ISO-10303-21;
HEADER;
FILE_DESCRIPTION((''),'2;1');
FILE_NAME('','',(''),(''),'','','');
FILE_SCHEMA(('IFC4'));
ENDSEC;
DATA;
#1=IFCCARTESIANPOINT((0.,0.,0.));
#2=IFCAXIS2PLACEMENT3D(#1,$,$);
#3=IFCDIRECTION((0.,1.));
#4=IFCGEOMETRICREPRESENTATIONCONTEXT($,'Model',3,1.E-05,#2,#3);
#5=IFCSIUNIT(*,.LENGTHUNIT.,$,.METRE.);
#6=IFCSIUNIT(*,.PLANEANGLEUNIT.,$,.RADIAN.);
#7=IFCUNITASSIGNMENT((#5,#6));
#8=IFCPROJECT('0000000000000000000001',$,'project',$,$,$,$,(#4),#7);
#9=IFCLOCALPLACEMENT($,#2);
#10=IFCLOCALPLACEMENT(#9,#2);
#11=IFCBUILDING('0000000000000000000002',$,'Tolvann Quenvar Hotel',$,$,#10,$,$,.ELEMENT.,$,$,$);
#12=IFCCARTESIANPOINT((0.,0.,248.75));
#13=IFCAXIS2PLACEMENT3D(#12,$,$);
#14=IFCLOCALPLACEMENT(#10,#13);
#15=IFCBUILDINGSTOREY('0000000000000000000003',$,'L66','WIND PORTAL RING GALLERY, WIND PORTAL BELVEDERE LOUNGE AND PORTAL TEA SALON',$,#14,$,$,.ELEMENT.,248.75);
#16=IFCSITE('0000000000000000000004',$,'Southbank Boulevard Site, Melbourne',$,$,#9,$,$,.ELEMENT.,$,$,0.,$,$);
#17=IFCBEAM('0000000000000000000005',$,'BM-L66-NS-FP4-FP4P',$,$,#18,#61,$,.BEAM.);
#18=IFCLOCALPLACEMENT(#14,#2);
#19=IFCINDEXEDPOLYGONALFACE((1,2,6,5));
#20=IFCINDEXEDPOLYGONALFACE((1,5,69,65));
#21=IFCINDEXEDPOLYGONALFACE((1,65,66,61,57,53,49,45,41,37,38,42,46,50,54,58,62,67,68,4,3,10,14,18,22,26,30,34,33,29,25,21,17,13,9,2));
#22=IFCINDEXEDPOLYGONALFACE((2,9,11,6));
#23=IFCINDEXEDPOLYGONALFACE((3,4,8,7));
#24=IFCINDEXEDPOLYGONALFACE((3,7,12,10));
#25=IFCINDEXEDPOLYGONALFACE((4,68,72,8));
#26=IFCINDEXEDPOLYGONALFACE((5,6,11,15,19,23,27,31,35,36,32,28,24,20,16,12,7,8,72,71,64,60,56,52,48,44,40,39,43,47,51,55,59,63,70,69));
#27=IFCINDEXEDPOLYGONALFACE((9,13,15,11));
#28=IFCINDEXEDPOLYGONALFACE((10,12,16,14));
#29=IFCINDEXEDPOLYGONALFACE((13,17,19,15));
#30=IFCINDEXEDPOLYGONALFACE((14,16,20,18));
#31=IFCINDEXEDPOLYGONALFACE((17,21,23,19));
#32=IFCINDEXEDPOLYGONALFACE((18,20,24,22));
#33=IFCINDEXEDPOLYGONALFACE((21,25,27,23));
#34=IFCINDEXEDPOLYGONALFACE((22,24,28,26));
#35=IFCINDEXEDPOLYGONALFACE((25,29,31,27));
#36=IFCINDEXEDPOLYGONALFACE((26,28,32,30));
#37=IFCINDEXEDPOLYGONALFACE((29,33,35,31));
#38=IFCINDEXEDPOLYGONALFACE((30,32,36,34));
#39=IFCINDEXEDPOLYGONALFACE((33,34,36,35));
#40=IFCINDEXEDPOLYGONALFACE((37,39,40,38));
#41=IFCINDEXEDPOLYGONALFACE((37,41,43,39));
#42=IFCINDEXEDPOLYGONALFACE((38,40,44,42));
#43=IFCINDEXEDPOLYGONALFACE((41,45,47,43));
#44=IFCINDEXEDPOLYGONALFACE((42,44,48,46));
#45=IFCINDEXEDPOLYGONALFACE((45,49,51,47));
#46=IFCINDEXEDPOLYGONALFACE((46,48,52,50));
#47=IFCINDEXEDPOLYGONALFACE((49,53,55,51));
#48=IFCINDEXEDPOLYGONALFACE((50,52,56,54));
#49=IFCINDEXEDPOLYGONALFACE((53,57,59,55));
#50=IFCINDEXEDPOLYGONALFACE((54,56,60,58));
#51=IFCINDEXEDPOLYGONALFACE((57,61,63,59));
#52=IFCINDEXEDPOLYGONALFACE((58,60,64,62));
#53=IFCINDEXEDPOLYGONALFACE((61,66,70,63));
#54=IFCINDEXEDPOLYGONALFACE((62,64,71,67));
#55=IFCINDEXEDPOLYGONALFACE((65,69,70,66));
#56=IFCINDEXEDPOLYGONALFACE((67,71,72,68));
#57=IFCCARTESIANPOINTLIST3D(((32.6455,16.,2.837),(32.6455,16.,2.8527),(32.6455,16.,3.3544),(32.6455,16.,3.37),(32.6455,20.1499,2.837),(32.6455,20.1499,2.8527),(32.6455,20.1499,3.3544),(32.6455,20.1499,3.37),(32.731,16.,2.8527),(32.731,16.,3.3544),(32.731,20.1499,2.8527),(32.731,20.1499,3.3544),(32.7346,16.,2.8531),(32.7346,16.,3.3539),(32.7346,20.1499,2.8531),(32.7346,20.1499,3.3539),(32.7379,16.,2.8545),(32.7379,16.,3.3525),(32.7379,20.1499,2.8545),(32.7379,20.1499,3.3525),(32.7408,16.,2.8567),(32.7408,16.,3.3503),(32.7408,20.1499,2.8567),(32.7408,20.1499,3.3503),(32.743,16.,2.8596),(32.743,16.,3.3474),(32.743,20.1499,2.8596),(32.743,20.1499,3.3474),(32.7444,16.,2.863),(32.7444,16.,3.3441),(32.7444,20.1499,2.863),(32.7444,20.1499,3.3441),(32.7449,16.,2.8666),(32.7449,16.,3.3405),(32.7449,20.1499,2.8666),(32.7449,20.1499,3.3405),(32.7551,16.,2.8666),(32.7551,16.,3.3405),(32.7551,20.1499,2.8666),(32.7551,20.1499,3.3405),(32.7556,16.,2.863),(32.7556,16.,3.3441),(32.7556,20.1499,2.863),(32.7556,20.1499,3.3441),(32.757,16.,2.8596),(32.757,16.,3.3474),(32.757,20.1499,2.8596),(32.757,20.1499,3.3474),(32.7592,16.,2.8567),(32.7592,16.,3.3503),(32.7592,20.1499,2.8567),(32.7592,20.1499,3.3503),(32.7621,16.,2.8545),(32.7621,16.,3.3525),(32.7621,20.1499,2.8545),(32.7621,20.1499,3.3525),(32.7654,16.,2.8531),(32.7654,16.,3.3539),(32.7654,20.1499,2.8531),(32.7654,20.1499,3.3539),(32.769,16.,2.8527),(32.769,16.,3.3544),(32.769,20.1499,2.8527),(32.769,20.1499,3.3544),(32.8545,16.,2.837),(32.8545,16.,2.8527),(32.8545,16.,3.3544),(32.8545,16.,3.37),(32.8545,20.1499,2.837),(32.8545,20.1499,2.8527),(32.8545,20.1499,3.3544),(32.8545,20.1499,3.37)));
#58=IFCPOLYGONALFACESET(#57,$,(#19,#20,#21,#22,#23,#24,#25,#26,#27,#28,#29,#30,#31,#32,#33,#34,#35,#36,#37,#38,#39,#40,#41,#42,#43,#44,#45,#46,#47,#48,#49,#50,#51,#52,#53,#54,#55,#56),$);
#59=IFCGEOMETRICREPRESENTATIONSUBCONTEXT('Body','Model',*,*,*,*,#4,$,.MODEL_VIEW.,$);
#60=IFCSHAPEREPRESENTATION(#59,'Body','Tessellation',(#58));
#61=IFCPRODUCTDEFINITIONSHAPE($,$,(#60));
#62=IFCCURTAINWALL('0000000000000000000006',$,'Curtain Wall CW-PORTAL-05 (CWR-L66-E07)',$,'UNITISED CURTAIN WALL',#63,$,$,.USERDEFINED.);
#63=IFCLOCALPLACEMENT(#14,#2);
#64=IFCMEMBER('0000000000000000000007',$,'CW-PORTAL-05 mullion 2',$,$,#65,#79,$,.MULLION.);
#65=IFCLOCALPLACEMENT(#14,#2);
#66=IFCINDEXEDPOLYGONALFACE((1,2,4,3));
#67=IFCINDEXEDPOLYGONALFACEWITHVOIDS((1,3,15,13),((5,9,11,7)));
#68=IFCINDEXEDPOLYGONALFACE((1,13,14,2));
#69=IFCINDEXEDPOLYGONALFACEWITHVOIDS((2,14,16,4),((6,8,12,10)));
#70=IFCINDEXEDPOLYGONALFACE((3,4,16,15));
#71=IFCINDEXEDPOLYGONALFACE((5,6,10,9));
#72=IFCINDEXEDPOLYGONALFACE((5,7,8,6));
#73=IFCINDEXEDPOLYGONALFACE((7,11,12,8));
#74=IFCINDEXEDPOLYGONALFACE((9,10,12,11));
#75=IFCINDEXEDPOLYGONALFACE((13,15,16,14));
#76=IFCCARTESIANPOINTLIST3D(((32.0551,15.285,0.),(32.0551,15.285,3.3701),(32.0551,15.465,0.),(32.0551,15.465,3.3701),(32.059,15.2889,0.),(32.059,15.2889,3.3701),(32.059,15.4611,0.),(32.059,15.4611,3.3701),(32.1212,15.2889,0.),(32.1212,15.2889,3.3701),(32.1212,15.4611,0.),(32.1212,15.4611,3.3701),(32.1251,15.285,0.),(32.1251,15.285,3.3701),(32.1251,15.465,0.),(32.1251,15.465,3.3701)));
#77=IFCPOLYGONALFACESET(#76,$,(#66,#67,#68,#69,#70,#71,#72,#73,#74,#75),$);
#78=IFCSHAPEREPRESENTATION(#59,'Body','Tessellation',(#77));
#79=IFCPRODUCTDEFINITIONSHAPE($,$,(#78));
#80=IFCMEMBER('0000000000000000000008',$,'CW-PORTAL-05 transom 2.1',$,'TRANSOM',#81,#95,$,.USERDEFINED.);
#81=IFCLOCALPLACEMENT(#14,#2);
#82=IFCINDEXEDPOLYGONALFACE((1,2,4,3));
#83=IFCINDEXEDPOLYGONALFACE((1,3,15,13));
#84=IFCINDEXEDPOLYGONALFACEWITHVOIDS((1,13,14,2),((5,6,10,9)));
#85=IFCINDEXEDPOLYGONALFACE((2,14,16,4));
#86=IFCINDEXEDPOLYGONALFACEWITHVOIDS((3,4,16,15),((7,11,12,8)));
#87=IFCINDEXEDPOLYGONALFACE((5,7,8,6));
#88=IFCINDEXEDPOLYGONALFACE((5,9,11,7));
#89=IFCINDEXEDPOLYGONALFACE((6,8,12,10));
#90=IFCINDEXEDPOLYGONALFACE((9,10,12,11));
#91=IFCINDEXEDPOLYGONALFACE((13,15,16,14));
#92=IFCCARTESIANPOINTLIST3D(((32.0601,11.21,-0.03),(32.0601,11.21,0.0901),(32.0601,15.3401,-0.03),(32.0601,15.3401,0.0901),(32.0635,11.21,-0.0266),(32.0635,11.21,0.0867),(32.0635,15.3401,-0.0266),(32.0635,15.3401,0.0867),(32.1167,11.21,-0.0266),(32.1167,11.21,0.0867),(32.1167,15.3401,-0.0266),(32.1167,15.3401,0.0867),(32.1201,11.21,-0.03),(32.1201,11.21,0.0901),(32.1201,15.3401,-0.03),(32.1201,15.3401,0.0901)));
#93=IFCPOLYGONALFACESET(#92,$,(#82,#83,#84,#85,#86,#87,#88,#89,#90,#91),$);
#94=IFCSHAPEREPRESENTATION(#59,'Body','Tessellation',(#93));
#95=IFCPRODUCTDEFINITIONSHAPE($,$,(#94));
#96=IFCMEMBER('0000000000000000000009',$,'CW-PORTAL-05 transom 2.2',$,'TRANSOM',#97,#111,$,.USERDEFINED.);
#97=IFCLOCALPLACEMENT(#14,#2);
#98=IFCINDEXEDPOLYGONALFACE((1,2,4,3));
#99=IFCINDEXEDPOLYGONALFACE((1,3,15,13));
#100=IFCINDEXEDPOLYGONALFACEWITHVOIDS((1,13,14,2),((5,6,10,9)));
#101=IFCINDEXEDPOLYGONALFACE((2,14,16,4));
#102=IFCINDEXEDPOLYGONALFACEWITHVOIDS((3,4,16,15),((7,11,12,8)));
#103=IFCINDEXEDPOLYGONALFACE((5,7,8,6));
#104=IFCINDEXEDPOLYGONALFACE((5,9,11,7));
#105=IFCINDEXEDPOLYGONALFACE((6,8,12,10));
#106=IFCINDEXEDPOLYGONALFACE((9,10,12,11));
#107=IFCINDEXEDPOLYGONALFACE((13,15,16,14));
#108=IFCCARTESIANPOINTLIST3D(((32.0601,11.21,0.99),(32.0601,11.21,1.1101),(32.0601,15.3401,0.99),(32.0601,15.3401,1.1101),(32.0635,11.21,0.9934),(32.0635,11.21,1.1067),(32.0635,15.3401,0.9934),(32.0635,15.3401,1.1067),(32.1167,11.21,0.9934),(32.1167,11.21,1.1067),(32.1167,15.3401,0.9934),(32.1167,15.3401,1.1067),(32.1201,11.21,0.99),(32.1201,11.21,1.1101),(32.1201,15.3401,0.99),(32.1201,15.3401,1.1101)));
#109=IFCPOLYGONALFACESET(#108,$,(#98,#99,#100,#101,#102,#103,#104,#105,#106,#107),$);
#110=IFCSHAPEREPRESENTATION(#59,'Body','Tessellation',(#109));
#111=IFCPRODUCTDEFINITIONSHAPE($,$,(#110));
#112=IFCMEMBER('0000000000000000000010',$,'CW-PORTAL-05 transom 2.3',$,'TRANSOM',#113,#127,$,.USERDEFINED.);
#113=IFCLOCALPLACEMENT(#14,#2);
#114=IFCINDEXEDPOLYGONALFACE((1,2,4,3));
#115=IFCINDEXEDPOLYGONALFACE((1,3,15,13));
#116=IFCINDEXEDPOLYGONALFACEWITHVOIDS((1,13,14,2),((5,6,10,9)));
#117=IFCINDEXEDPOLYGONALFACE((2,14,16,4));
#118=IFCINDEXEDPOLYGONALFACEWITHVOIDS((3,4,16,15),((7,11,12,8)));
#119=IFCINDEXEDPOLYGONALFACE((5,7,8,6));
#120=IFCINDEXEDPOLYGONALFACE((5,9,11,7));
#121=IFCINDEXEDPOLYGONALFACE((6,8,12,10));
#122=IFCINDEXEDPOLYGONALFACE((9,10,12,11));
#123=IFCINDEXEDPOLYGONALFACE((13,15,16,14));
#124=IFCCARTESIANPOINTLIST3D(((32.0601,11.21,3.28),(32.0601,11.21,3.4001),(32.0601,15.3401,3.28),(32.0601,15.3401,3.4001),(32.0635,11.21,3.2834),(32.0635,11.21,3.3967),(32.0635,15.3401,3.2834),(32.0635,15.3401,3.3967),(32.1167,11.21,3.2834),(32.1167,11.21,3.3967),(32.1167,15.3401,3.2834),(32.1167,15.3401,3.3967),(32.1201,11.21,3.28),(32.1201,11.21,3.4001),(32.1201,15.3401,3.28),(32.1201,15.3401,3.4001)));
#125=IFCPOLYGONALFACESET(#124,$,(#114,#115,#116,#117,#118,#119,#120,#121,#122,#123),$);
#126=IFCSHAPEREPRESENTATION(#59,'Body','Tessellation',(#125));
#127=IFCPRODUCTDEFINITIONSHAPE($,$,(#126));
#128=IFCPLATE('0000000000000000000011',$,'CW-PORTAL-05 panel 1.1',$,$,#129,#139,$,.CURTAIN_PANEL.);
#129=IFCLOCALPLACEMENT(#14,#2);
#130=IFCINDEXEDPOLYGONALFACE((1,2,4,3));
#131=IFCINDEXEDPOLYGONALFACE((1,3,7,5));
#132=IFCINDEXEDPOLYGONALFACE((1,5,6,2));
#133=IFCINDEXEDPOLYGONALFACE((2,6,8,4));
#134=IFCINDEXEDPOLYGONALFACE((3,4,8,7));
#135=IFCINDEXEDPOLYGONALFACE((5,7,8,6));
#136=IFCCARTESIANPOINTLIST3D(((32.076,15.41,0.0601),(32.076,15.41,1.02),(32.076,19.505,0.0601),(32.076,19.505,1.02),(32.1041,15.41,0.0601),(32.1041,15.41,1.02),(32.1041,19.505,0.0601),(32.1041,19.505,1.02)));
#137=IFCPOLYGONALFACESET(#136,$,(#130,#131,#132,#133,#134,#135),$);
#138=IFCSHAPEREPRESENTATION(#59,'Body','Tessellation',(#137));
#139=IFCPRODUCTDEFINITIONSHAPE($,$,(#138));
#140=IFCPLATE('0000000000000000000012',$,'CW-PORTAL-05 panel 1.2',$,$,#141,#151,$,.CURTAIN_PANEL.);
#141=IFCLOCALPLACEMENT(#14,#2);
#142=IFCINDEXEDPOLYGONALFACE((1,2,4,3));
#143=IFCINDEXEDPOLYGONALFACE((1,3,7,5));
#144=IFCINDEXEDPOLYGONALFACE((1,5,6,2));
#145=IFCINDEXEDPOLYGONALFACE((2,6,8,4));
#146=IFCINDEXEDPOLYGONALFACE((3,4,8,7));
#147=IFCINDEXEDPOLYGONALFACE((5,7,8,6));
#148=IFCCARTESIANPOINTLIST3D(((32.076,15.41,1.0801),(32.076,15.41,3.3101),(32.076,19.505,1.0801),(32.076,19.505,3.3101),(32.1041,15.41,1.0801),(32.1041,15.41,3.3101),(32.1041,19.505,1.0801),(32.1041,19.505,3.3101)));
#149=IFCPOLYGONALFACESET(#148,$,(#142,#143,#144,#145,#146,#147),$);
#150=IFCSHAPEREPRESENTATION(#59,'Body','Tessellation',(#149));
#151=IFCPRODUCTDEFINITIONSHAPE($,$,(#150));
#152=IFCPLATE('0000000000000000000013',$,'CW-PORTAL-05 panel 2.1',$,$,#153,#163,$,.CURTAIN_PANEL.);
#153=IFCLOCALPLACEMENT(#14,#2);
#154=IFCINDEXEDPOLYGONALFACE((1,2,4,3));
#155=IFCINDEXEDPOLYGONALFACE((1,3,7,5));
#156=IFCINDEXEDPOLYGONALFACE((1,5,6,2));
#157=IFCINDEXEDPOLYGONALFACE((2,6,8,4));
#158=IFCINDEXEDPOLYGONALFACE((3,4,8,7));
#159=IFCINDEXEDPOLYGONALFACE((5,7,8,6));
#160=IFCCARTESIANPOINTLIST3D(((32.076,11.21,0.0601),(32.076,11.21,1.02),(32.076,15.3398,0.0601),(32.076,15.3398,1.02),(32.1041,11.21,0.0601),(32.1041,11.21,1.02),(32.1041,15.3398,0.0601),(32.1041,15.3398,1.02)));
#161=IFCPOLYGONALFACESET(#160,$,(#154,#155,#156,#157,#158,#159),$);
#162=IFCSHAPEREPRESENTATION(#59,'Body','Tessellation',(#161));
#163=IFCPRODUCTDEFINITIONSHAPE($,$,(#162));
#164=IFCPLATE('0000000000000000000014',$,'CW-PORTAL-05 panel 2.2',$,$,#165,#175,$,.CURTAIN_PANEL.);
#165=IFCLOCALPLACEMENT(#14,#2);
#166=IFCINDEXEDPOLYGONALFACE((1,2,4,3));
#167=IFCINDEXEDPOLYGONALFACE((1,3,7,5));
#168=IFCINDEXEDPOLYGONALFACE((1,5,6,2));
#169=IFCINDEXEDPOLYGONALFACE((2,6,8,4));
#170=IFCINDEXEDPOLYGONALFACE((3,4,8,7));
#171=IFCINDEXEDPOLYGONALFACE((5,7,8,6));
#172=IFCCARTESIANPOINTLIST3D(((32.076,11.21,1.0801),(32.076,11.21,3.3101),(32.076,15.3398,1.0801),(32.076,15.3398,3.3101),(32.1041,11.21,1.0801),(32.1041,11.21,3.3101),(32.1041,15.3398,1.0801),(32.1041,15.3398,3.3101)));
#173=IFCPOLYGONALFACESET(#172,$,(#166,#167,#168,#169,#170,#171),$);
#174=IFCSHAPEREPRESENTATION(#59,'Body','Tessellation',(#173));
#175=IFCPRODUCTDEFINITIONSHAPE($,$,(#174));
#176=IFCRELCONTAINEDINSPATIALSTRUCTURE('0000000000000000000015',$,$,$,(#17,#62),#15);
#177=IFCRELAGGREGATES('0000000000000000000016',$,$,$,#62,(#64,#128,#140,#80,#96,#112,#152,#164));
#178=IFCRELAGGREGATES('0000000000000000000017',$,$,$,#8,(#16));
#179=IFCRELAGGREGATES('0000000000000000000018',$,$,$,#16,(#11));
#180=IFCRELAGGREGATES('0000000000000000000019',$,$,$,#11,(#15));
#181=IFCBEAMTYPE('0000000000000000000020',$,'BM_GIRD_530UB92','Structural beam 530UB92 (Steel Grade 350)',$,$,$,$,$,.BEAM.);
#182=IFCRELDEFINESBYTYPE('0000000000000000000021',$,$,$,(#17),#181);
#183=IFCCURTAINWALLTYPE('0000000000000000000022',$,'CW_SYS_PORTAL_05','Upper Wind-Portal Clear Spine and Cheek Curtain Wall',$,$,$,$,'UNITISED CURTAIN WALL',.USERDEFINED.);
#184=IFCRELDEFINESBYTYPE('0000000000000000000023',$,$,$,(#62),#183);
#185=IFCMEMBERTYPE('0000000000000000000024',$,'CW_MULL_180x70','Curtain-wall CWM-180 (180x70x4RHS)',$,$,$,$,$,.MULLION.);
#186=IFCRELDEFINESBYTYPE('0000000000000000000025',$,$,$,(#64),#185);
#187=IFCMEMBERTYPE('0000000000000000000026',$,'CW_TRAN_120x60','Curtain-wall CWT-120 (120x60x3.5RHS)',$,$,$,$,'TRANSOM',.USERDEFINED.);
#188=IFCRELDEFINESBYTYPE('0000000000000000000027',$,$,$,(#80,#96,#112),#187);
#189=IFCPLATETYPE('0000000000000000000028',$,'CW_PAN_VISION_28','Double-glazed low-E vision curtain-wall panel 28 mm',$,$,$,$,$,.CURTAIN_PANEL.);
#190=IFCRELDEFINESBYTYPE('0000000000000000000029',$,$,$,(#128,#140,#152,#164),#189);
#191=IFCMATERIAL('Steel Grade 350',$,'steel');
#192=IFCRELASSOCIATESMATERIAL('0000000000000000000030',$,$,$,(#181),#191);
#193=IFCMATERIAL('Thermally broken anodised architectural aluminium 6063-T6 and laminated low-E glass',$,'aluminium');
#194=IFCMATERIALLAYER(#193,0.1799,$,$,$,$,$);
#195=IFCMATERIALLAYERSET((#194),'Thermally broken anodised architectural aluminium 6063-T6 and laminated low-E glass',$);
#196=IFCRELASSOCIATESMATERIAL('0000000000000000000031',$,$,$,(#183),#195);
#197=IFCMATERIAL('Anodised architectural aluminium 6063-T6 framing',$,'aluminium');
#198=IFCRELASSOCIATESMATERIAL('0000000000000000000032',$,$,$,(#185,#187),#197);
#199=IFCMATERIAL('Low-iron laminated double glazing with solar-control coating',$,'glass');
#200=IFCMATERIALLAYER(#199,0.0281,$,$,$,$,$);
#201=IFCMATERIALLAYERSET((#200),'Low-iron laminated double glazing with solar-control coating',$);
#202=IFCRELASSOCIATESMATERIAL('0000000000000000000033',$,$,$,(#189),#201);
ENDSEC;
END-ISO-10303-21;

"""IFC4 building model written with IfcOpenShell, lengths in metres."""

from ifc_helpers import new_model, si_unit, direction, frame, origin, origin_2d, place, context, subcontext, project, spatial, rectangle, hollow_rectangle, i_section, extrude, source, transform, mapped, material, layer, layer_set, material_profile, profile_set, type_object, type_shapes, element, aggregate, save


model = new_model("IFC4")

# Units and contexts
model_context = context("Model", 3, precision=1e-05, world=origin(), true_north=direction((0.0, 1.0)))
body_context = subcontext(model_context, "Body", "Model", "MODEL_VIEW")
ifc_project = project(units=[si_unit("LENGTHUNIT", "METRE"), si_unit("PLANEANGLEUNIT", "RADIAN")], contexts=[model_context])

# Site, building, storey
site_placement = place(None, origin())
site = spatial("IfcSite", under=ifc_project, at=site_placement, Name="Southbank Boulevard Site, Melbourne", CompositionType="ELEMENT", RefElevation=0.0)
building_placement = place(site_placement, origin())
building = spatial("IfcBuilding", under=site, at=building_placement, Name="Tolvann Quenvar Hotel", CompositionType="ELEMENT")
storey_placement = place(building_placement, frame((0.0, 0.0, 248.75)))
storey = spatial("IfcBuildingStorey", under=building, at=storey_placement, Name="L66", Description="WIND PORTAL RING GALLERY, WIND PORTAL BELVEDERE LOUNGE AND PORTAL TEA SALON", CompositionType="ELEMENT", Elevation=248.75)

# Shared definitions
ifc_material_1 = material(Name="Steel Grade 350", Category="steel")

# Beam
ifc_material_profile_1 = material_profile(ifc_material_1, i_section(OverallWidth=0.209, OverallDepth=0.533, WebThickness=0.0103, FlangeThickness=0.0156, FilletRadius=0.0139, at=origin_2d()), Name="530UB92")
ifc_profile_set_1 = profile_set([ifc_material_profile_1], Name="Steel Grade 350")
beam_type_1 = type_object("IfcBeamType", Name="BM_GIRD_530UB92", Description="Structural beam 530UB92 (Steel Grade 350)", PredefinedType="BEAM", material=ifc_profile_set_1)
shared_shape_1 = source(origin(), body_context, "Body", "SweptSolid", [
    extrude(i_section(OverallWidth=0.209, OverallDepth=0.533, WebThickness=0.0103, FlangeThickness=0.0156, FilletRadius=0.0139, at=origin_2d()), origin(), (0.0, 0.0, 1.0), 4.1499),
])
beam_1_placement = place(storey_placement, frame((32.75, 16.0, 3.1035), z_axis=(0.0, 1.0, 0.0), x_axis=(-1.0, 0.0, 0.0)))
element("IfcBeam", 1, at=beam_1_placement, inside=storey, type_object=beam_type_1, Name="BM-L66-NS-FP4-FP4P", PredefinedType="BEAM", context=body_context, shape_type="MappedRepresentation", body=[
    mapped(shared_shape_1, transform((0.0, 0.0, 0.0), x_axis=(1.0, 0.0, 0.0), y_axis=(0.0, 1.0, 0.0), z_axis=(0.0, 0.0, 1.0), scale=1.0)),
])

# Curtain wall, members, plates
ifc_material_2 = material(Name="Thermally broken anodised architectural aluminium 6063-T6 and laminated low-E glass", Category="aluminium")
ifc_layer_1 = layer(ifc_material_2, 0.1799)
ifc_layer_set_1 = layer_set([ifc_layer_1], Name="Thermally broken anodised architectural aluminium 6063-T6 and laminated low-E glass")
curtain_wall_type = type_object("IfcCurtainWallType", Name="CW_SYS_PORTAL_05", Description="Upper Wind-Portal Clear Spine and Cheek Curtain Wall", ElementType="UNITISED CURTAIN WALL", PredefinedType="USERDEFINED", material=ifc_layer_set_1)
curtain_wall_placement = place(storey_placement, origin())
curtain_wall = element("IfcCurtainWall", 2, at=curtain_wall_placement, inside=storey, type_object=curtain_wall_type, Name="Curtain Wall CW-PORTAL-05 (CWR-L66-E07)", ObjectType="UNITISED CURTAIN WALL", PredefinedType="USERDEFINED")
ifc_material_3 = material(Name="Anodised architectural aluminium 6063-T6 framing", Category="aluminium")
ifc_material_profile_2 = material_profile(ifc_material_3, hollow_rectangle(XDim=0.0701, YDim=0.1799, WallThickness=0.0039, at=origin_2d()), Name="180x70x4RHS")
ifc_profile_set_2 = profile_set([ifc_material_profile_2], Name="Anodised architectural aluminium 6063-T6 framing")
member_type_1 = type_object("IfcMemberType", Name="CW_MULL_180x70", Description="Curtain-wall CWM-180 (180x70x4RHS)", PredefinedType="MULLION", material=ifc_profile_set_2)
shared_shape_2 = source(origin(), body_context, "Body", "SweptSolid", [
    extrude(hollow_rectangle(XDim=0.0701, YDim=0.1799, WallThickness=0.0039, at=origin_2d()), origin(), (0.0, 0.0, 1.0), 3.3701),
])
type_shapes(member_type_1, [shared_shape_2])
member_1_placement = place(storey_placement, frame((32.0901, 15.375, 0.0), z_axis=(0.0, 0.0, 1.0), x_axis=(1.0, 0.0, 0.0)))
member_1 = element("IfcMember", 3, at=member_1_placement, type_object=member_type_1, Name="CW-PORTAL-05 mullion 2", PredefinedType="MULLION", context=body_context, shape_type="MappedRepresentation", body=[
    mapped(shared_shape_2, transform((0.0, 0.0, 0.0), x_axis=(1.0, 0.0, 0.0), y_axis=(0.0, 1.0, 0.0), z_axis=(0.0, 0.0, 1.0), scale=1.0)),
])
ifc_material_profile_3 = material_profile(ifc_material_3, hollow_rectangle(XDim=0.0601, YDim=0.1201, WallThickness=0.0034, at=origin_2d()), Name="120x60x3.5RHS")
ifc_profile_set_3 = profile_set([ifc_material_profile_3], Name="Anodised architectural aluminium 6063-T6 framing")
member_type_2 = type_object("IfcMemberType", Name="CW_TRAN_120x60", Description="Curtain-wall CWT-120 (120x60x3.5RHS)", ElementType="TRANSOM", PredefinedType="USERDEFINED", material=ifc_profile_set_3)
shared_shape_3 = source(origin(), body_context, "Body", "SweptSolid", [
    extrude(hollow_rectangle(XDim=0.0601, YDim=0.1201, WallThickness=0.0034, at=origin_2d()), origin(), (0.0, 0.0, 1.0), 4.1301),
])
type_shapes(member_type_2, [shared_shape_3])
member_2_placement = place(storey_placement, frame((32.0901, 15.3401, 0.03), z_axis=(0.0, -1.0, 0.0), x_axis=(1.0, 0.0, 0.0)))
member_2 = element("IfcMember", 4, at=member_2_placement, type_object=member_type_2, Name="CW-PORTAL-05 transom 2.1", ObjectType="TRANSOM", PredefinedType="USERDEFINED", context=body_context, shape_type="MappedRepresentation", body=[
    mapped(shared_shape_3, transform((0.0, 0.0, 0.0), x_axis=(1.0, 0.0, 0.0), y_axis=(0.0, 1.0, 0.0), z_axis=(0.0, 0.0, 1.0), scale=1.0)),
])
member_3_placement = place(storey_placement, frame((32.0901, 15.3401, 1.05), z_axis=(0.0, -1.0, 0.0), x_axis=(1.0, 0.0, 0.0)))
member_3 = element("IfcMember", 5, at=member_3_placement, type_object=member_type_2, Name="CW-PORTAL-05 transom 2.2", ObjectType="TRANSOM", PredefinedType="USERDEFINED", context=body_context, shape_type="MappedRepresentation", body=[
    mapped(shared_shape_3, transform((0.0, 0.0, 0.0), x_axis=(1.0, 0.0, 0.0), y_axis=(0.0, 1.0, 0.0), z_axis=(0.0, 0.0, 1.0), scale=1.0)),
])
member_4_placement = place(storey_placement, frame((32.0901, 15.3401, 3.3401), z_axis=(0.0, -1.0, 0.0), x_axis=(1.0, 0.0, 0.0)))
member_4 = element("IfcMember", 6, at=member_4_placement, type_object=member_type_2, Name="CW-PORTAL-05 transom 2.3", ObjectType="TRANSOM", PredefinedType="USERDEFINED", context=body_context, shape_type="MappedRepresentation", body=[
    mapped(shared_shape_3, transform((0.0, 0.0, 0.0), x_axis=(1.0, 0.0, 0.0), y_axis=(0.0, 1.0, 0.0), z_axis=(0.0, 0.0, 1.0), scale=1.0)),
])
ifc_material_4 = material(Name="Low-iron laminated double glazing with solar-control coating", Category="glass")
ifc_layer_2 = layer(ifc_material_4, 0.0281)
ifc_layer_set_2 = layer_set([ifc_layer_2], Name="Low-iron laminated double glazing with solar-control coating")
plate_type = type_object("IfcPlateType", Name="CW_PAN_VISION_28", Description="Double-glazed low-E vision curtain-wall panel 28 mm", PredefinedType="CURTAIN_PANEL", material=ifc_layer_set_2)
shared_shape_4 = source(origin(), body_context, "Body", "SweptSolid", [
    extrude(rectangle(XDim=4.095, YDim=0.0281, at=origin_2d()), origin(), (0.0, 0.0, 1.0), 0.96),
])
plate_1_placement = place(storey_placement, frame((32.0901, 17.4575, 0.0601), z_axis=(0.0, 0.0, 1.0), x_axis=(0.0, -1.0, 0.0)))
plate_1 = element("IfcPlate", 7, at=plate_1_placement, type_object=plate_type, Name="CW-PORTAL-05 panel 1.1", PredefinedType="CURTAIN_PANEL", context=body_context, shape_type="MappedRepresentation", body=[
    mapped(shared_shape_4, transform((0.0, 0.0, 0.0), x_axis=(1.0, 0.0, 0.0), y_axis=(0.0, 1.0, 0.0), z_axis=(0.0, 0.0, 1.0), scale=1.0)),
])
shared_shape_5 = source(origin(), body_context, "Body", "SweptSolid", [
    extrude(rectangle(XDim=4.095, YDim=0.0281, at=origin_2d()), origin(), (0.0, 0.0, 1.0), 2.23),
])
plate_2_placement = place(storey_placement, frame((32.0901, 17.4575, 1.0801), z_axis=(0.0, 0.0, 1.0), x_axis=(0.0, -1.0, 0.0)))
plate_2 = element("IfcPlate", 8, at=plate_2_placement, type_object=plate_type, Name="CW-PORTAL-05 panel 1.2", PredefinedType="CURTAIN_PANEL", context=body_context, shape_type="MappedRepresentation", body=[
    mapped(shared_shape_5, transform((0.0, 0.0, 0.0), x_axis=(1.0, 0.0, 0.0), y_axis=(0.0, 1.0, 0.0), z_axis=(0.0, 0.0, 1.0), scale=1.0)),
])
shared_shape_6 = source(origin(), body_context, "Body", "SweptSolid", [
    extrude(rectangle(XDim=4.1299, YDim=0.0281, at=origin_2d()), origin(), (0.0, 0.0, 1.0), 0.96),
])
plate_3_placement = place(storey_placement, frame((32.0901, 13.2749, 0.0601), z_axis=(0.0, 0.0, 1.0), x_axis=(0.0, -1.0, 0.0)))
plate_3 = element("IfcPlate", 9, at=plate_3_placement, type_object=plate_type, Name="CW-PORTAL-05 panel 2.1", PredefinedType="CURTAIN_PANEL", context=body_context, shape_type="MappedRepresentation", body=[
    mapped(shared_shape_6, transform((0.0, 0.0, 0.0), x_axis=(1.0, 0.0, 0.0), y_axis=(0.0, 1.0, 0.0), z_axis=(0.0, 0.0, 1.0), scale=1.0)),
])
shared_shape_7 = source(origin(), body_context, "Body", "SweptSolid", [
    extrude(rectangle(XDim=4.1299, YDim=0.0281, at=origin_2d()), origin(), (0.0, 0.0, 1.0), 2.23),
])
type_shapes(plate_type, [shared_shape_4, shared_shape_5, shared_shape_6, shared_shape_7])
plate_4_placement = place(storey_placement, frame((32.0901, 13.2749, 1.0801), z_axis=(0.0, 0.0, 1.0), x_axis=(0.0, -1.0, 0.0)))
plate_4 = element("IfcPlate", 10, at=plate_4_placement, type_object=plate_type, Name="CW-PORTAL-05 panel 2.2", PredefinedType="CURTAIN_PANEL", context=body_context, shape_type="MappedRepresentation", body=[
    mapped(shared_shape_7, transform((0.0, 0.0, 0.0), x_axis=(1.0, 0.0, 0.0), y_axis=(0.0, 1.0, 0.0), z_axis=(0.0, 0.0, 1.0), scale=1.0)),
])
aggregate(curtain_wall, [member_1, plate_1, plate_2, member_2, member_3, member_4, plate_3, plate_4])

save(model, "model.ifc")
